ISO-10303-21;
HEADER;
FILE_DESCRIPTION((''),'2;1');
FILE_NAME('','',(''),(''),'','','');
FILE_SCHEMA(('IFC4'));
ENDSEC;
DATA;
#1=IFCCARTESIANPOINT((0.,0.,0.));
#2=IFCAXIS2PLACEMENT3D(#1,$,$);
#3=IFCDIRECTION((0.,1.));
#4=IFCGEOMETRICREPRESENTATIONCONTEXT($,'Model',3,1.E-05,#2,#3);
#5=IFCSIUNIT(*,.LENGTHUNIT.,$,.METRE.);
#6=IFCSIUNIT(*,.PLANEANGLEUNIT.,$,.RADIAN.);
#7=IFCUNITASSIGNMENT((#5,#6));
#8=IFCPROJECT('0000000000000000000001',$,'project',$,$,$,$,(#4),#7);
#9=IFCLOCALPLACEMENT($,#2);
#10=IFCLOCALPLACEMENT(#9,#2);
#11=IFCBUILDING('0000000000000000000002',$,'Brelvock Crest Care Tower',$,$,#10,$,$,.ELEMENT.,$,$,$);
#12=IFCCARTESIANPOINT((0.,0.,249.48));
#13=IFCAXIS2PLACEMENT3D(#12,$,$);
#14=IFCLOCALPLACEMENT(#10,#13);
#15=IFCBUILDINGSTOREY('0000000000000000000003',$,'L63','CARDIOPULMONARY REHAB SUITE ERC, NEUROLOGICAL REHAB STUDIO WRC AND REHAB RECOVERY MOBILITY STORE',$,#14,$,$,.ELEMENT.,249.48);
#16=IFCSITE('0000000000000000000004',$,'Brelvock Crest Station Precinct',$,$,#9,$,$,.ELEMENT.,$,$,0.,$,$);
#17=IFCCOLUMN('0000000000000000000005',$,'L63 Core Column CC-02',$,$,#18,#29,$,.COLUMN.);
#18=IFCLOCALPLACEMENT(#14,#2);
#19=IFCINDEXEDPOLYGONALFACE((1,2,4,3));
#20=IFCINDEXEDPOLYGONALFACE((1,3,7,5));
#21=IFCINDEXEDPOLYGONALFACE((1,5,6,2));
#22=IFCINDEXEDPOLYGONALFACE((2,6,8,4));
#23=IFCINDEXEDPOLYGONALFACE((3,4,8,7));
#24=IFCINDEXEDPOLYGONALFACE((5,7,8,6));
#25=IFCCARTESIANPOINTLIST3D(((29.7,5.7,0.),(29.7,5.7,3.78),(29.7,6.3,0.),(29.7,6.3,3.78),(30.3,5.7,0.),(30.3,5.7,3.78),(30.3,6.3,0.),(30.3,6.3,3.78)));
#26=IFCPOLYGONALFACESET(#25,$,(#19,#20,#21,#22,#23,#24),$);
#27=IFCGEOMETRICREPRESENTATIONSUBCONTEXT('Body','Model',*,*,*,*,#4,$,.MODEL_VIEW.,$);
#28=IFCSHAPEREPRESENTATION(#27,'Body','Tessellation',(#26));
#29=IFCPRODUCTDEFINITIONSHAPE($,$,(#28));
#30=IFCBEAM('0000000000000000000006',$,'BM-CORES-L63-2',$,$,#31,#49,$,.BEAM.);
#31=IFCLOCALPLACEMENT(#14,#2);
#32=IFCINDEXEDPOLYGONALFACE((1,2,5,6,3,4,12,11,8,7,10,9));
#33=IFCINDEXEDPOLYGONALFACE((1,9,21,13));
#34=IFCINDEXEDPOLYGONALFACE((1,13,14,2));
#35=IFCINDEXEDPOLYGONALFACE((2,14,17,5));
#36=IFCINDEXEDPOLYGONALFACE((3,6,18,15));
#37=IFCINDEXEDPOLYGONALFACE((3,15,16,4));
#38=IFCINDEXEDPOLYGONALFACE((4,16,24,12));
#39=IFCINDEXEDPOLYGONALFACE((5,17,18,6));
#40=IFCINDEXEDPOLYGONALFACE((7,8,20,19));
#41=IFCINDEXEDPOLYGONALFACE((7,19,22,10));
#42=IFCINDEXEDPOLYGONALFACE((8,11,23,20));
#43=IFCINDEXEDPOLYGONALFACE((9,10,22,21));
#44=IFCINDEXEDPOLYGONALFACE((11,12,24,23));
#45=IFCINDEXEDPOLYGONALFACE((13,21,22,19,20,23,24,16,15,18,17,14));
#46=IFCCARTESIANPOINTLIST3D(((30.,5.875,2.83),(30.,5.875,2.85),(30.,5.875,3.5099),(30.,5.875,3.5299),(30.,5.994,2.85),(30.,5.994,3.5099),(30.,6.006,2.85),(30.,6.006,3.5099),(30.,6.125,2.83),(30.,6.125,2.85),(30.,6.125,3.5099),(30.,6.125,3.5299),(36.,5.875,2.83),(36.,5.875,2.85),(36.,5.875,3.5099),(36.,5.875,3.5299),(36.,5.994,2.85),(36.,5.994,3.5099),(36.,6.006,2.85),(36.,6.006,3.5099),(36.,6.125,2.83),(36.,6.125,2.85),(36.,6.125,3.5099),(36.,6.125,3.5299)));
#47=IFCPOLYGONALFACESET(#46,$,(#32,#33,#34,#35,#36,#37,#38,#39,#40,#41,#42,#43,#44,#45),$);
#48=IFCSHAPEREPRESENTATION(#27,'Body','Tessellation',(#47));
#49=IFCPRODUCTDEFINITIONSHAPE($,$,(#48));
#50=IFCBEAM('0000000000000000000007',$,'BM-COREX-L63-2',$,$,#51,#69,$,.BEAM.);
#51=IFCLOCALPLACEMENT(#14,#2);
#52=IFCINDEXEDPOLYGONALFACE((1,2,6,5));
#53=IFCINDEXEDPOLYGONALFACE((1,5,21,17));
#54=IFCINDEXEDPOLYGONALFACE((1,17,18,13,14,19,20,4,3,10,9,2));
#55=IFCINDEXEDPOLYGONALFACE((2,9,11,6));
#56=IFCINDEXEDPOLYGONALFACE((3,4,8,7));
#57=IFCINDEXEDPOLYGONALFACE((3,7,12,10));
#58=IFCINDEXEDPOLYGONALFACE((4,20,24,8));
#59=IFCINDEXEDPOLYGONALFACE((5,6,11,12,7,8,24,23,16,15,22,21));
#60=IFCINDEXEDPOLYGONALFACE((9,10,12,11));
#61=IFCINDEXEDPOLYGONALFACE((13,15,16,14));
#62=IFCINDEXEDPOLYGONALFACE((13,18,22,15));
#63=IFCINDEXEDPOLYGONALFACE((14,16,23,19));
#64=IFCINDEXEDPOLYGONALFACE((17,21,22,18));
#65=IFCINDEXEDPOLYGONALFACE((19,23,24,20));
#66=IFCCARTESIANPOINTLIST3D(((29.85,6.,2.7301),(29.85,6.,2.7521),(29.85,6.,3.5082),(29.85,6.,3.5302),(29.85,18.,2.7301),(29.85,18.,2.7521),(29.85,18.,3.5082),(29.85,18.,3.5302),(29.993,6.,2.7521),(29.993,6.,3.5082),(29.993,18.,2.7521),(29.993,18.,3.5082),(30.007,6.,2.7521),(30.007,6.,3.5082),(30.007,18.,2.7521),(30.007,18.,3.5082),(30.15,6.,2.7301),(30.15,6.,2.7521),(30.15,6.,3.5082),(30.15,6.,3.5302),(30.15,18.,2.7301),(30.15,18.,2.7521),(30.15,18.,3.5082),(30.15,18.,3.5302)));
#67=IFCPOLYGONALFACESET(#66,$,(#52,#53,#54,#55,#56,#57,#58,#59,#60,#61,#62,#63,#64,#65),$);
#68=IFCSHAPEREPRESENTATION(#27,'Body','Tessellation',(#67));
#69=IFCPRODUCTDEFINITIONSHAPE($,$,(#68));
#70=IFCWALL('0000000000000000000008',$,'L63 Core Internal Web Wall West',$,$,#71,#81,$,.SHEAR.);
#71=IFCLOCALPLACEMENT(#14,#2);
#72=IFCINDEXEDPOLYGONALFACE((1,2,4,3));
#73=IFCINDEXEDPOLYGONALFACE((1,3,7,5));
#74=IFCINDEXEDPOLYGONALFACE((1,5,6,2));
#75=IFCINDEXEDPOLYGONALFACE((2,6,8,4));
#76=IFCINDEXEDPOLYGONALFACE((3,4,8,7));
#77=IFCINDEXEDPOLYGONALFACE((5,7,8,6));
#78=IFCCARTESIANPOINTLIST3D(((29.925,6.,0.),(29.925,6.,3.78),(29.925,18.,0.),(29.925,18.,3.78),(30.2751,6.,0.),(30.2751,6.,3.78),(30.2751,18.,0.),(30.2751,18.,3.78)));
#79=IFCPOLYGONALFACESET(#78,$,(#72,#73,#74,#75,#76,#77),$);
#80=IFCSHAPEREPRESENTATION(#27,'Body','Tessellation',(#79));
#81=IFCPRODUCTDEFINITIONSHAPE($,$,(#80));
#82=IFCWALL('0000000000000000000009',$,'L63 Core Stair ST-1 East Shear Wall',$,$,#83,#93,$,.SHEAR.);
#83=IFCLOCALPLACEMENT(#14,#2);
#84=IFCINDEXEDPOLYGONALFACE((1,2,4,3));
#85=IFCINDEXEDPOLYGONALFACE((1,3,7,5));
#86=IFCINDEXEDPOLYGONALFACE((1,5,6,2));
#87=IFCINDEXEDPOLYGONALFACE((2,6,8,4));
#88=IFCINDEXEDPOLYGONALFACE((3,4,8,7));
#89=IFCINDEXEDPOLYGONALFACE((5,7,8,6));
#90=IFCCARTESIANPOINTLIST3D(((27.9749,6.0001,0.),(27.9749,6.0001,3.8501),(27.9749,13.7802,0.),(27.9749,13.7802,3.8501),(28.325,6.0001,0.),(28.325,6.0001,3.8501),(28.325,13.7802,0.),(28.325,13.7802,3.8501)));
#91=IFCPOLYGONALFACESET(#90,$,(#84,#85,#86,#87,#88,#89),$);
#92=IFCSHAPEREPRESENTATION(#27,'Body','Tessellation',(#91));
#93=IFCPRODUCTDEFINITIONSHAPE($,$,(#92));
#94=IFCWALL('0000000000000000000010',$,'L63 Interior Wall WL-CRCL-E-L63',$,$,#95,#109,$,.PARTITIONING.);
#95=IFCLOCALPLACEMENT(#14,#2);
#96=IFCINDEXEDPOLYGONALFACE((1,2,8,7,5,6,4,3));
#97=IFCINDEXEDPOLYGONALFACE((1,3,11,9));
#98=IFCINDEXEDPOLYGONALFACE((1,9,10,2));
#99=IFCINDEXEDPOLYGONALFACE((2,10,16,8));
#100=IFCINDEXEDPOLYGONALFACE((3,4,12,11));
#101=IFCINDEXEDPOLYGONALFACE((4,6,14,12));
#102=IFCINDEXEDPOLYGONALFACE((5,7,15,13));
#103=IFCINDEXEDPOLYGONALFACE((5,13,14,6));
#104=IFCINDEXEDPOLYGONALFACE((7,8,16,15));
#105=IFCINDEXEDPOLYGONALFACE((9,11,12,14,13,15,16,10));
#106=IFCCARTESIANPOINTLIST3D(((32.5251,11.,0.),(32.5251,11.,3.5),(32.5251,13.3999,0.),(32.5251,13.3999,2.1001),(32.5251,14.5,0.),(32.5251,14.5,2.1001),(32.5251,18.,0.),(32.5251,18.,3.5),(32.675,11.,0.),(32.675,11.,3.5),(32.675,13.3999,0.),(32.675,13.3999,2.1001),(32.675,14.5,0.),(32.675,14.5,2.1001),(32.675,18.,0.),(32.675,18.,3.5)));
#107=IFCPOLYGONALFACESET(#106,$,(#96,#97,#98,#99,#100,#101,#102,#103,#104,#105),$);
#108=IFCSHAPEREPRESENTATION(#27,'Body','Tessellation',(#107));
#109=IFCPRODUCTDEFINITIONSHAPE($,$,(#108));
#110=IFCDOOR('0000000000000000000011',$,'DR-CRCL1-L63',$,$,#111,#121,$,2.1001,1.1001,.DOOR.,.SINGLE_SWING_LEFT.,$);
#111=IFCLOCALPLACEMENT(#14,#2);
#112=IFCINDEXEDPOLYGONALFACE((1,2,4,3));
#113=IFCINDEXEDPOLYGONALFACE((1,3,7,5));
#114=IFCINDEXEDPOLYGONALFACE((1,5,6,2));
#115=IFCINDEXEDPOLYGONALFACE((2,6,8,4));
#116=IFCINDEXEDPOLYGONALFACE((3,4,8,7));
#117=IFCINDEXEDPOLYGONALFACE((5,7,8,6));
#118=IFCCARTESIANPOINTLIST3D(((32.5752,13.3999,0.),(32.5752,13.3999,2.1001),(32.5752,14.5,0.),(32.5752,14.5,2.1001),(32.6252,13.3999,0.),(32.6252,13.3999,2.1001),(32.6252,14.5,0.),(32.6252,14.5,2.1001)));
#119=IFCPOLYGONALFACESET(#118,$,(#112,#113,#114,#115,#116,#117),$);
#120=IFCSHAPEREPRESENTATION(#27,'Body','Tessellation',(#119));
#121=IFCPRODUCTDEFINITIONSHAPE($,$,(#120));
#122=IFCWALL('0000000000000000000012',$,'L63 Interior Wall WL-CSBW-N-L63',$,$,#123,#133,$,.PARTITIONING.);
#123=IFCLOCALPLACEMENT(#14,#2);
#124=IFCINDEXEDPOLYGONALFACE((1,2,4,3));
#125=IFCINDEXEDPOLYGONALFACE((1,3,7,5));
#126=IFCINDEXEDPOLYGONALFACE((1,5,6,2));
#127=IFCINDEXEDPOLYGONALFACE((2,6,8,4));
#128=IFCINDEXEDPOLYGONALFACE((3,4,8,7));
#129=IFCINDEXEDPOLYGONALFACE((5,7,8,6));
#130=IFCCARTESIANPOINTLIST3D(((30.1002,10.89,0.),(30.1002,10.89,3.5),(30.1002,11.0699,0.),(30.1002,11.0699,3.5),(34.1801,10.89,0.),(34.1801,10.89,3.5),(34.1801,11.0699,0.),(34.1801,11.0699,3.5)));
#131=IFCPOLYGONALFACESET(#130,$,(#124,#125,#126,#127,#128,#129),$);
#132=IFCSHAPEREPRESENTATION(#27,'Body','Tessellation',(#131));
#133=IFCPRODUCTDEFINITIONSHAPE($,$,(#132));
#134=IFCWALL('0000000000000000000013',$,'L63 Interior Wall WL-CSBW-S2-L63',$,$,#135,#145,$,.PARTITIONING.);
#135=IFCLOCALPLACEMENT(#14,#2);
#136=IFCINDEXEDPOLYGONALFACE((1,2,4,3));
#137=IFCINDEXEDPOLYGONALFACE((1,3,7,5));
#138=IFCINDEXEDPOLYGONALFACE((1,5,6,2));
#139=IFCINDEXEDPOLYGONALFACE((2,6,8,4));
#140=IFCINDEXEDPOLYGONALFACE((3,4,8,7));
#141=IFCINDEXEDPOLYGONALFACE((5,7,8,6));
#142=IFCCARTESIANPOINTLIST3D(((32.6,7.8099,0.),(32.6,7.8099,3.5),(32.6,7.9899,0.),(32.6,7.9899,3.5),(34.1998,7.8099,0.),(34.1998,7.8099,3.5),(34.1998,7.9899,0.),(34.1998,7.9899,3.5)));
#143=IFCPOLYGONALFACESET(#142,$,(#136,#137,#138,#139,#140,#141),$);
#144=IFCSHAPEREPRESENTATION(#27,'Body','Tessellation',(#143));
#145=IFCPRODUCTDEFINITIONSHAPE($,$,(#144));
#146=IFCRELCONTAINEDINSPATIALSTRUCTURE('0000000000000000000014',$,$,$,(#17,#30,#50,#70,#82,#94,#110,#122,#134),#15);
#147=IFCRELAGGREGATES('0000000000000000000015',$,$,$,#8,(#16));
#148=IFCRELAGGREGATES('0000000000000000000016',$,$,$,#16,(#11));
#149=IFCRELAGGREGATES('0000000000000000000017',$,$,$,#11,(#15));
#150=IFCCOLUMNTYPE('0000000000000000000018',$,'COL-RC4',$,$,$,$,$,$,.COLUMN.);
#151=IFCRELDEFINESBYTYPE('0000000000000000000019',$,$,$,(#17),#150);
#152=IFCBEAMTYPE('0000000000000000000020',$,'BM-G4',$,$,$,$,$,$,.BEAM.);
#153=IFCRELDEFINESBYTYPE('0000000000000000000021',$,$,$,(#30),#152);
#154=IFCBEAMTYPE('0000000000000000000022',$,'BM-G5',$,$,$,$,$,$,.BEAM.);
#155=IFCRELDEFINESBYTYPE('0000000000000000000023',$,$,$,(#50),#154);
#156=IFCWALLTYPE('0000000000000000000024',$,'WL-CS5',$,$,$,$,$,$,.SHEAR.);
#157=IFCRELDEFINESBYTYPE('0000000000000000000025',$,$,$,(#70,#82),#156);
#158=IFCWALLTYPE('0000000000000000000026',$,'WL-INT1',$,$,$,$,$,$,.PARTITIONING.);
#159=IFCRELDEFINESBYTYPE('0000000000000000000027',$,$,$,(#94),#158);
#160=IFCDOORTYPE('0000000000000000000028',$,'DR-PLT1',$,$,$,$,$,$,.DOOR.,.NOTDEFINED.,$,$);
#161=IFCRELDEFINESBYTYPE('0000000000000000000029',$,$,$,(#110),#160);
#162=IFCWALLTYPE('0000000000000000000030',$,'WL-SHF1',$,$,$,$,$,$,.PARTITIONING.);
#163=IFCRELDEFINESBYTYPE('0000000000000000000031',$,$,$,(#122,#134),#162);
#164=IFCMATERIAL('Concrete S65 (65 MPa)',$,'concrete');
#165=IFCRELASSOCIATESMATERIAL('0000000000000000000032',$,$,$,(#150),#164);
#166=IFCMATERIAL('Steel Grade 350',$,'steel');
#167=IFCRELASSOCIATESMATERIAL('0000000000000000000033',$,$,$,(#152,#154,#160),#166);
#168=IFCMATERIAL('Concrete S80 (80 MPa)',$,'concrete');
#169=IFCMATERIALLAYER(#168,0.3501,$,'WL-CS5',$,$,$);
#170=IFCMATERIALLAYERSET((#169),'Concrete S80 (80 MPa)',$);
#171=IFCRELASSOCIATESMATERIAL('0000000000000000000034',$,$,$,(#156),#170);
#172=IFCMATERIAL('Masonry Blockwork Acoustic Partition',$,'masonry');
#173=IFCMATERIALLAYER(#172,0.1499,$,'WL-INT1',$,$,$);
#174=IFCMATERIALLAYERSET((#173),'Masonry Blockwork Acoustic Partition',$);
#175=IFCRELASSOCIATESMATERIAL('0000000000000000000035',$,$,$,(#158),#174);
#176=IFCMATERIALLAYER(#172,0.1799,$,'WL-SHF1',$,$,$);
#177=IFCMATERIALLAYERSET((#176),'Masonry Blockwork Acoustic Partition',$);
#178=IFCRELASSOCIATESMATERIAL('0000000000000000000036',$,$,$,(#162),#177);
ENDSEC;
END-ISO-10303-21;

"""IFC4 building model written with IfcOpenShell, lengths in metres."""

from ifc_helpers import new_model, si_unit, direction, frame, frame_2d, origin, origin_2d, place, context, subcontext, project, spatial, rectangle, i_section, extrude, source, transform, mapped, material, layer, layer_set, material_profile, profile_set, type_object, element, fill, save


model = new_model("IFC4")

# Units and contexts
model_context = context("Model", 3, precision=1e-05, world=origin(), true_north=direction((0.0, 1.0)))
body_context = subcontext(model_context, "Body", "Model", "MODEL_VIEW")
ifc_project = project(units=[si_unit("LENGTHUNIT", "METRE"), si_unit("PLANEANGLEUNIT", "RADIAN")], contexts=[model_context])

# Site, building, storey
site_placement = place(None, origin())
site = spatial("IfcSite", under=ifc_project, at=site_placement, Name="Brelvock Crest Station Precinct", CompositionType="ELEMENT", RefElevation=0.0)
building_placement = place(site_placement, origin())
building = spatial("IfcBuilding", under=site, at=building_placement, Name="Brelvock Crest Care Tower", CompositionType="ELEMENT")
storey_placement = place(building_placement, frame((0.0, 0.0, 249.48)))
storey = spatial("IfcBuildingStorey", under=building, at=storey_placement, Name="L63", Description="CARDIOPULMONARY REHAB SUITE ERC, NEUROLOGICAL REHAB STUDIO WRC AND REHAB RECOVERY MOBILITY STORE", CompositionType="ELEMENT", Elevation=249.48)

# Column
ifc_material_1 = material(Name="Concrete S65 (65 MPa)", Category="concrete")
ifc_material_profile_1 = material_profile(ifc_material_1, rectangle(XDim=0.6001, YDim=0.6001, at=origin_2d()), Name="RC600x600")
ifc_profile_set_1 = profile_set([ifc_material_profile_1], Name="Concrete S65 (65 MPa)")
column_type = type_object("IfcColumnType", Name="COL-RC4", PredefinedType="COLUMN", material=ifc_profile_set_1)
shared_shape_1 = source(origin(), body_context, "Body", "SweptSolid", [
    extrude(rectangle(XDim=0.6001, YDim=0.6001, at=origin_2d()), origin(), (0.0, 0.0, 1.0), 3.78),
])
column_placement = place(storey_placement, frame((30.0, 6.0, 0.0), z_axis=(0.0, 0.0, 1.0), x_axis=(1.0, 0.0, 0.0)))
element("IfcColumn", 1, at=column_placement, inside=storey, type_object=column_type, Name="L63 Core Column CC-02", PredefinedType="COLUMN", context=body_context, shape_type="MappedRepresentation", body=[
    mapped(shared_shape_1, transform((0.0, 0.0, 0.0), x_axis=(1.0, 0.0, 0.0), y_axis=(0.0, 1.0, 0.0), z_axis=(0.0, 0.0, 1.0), scale=1.0)),
])

# Beams
ifc_material_2 = material(Name="Steel Grade 350", Category="steel")
ifc_material_profile_2 = material_profile(ifc_material_2, i_section(OverallWidth=0.25, OverallDepth=0.7, WebThickness=0.012, FlangeThickness=0.02, at=origin_2d()), Name="700WB150")
ifc_profile_set_2 = profile_set([ifc_material_profile_2], Name="Steel Grade 350")
beam_type_1 = type_object("IfcBeamType", Name="BM-G4", PredefinedType="BEAM", material=ifc_profile_set_2)
shared_shape_2 = source(origin(), body_context, "Body", "SweptSolid", [
    extrude(i_section(OverallWidth=0.25, OverallDepth=0.7, WebThickness=0.012, FlangeThickness=0.02, at=origin_2d()), origin(), (0.0, 0.0, 1.0), 6.0),
])
beam_1_placement = place(storey_placement, frame((30.0, 6.0, 3.1799), z_axis=(1.0, 0.0, 0.0), x_axis=(0.0, 1.0, 0.0)))
element("IfcBeam", 2, at=beam_1_placement, inside=storey, type_object=beam_type_1, Name="BM-CORES-L63-2", PredefinedType="BEAM", context=body_context, shape_type="MappedRepresentation", body=[
    mapped(shared_shape_2, transform((0.0, 0.0, 0.0), x_axis=(1.0, 0.0, 0.0), y_axis=(0.0, 1.0, 0.0), z_axis=(0.0, 0.0, 1.0), scale=1.0)),
])
ifc_material_profile_3 = material_profile(ifc_material_2, i_section(OverallWidth=0.3, OverallDepth=0.8, WebThickness=0.0139, FlangeThickness=0.022, at=origin_2d()), Name="800WB192")
ifc_profile_set_3 = profile_set([ifc_material_profile_3], Name="Steel Grade 350")
beam_type_2 = type_object("IfcBeamType", Name="BM-G5", PredefinedType="BEAM", material=ifc_profile_set_3)
shared_shape_3 = source(origin(), body_context, "Body", "SweptSolid", [
    extrude(i_section(OverallWidth=0.3, OverallDepth=0.8, WebThickness=0.0139, FlangeThickness=0.022, at=origin_2d()), origin(), (0.0, 0.0, 1.0), 12.0),
])
beam_2_placement = place(storey_placement, frame((30.0, 6.0, 3.1301), z_axis=(0.0, 1.0, 0.0), x_axis=(-1.0, 0.0, 0.0)))
element("IfcBeam", 3, at=beam_2_placement, inside=storey, type_object=beam_type_2, Name="BM-COREX-L63-2", PredefinedType="BEAM", context=body_context, shape_type="MappedRepresentation", body=[
    mapped(shared_shape_3, transform((0.0, 0.0, 0.0), x_axis=(1.0, 0.0, 0.0), y_axis=(0.0, 1.0, 0.0), z_axis=(0.0, 0.0, 1.0), scale=1.0)),
])

# Walls
ifc_material_3 = material(Name="Concrete S80 (80 MPa)", Category="concrete")
ifc_layer_1 = layer(ifc_material_3, 0.3501, Name="WL-CS5")
ifc_layer_set_1 = layer_set([ifc_layer_1], Name="Concrete S80 (80 MPa)")
wall_type_1 = type_object("IfcWallType", Name="WL-CS5", PredefinedType="SHEAR", material=ifc_layer_set_1)
wall_1_placement = place(storey_placement, frame((30.1001, 6.0, 0.0), z_axis=(0.0, 0.0, 1.0), x_axis=(0.0, 1.0, 0.0)))
element("IfcWall", 4, at=wall_1_placement, inside=storey, type_object=wall_type_1, Name="L63 Core Internal Web Wall West", PredefinedType="SHEAR", context=body_context, shape_type="SweptSolid", body=[
    extrude(rectangle(XDim=12.0, YDim=0.3501, at=frame_2d((6.0, 0.0))), origin(), (0.0, 0.0, 1.0), 3.78),
])
wall_2_placement = place(storey_placement, frame((28.1499, 6.0, 0.0), z_axis=(0.0, 0.0, 1.0), x_axis=(0.0, 1.0, 0.0)))
element("IfcWall", 5, at=wall_2_placement, inside=storey, type_object=wall_type_1, Name="L63 Core Stair ST-1 East Shear Wall", PredefinedType="SHEAR", context=body_context, shape_type="SweptSolid", body=[
    extrude(rectangle(XDim=7.78, YDim=0.3501, at=frame_2d((3.8901, 0.0))), origin(), (0.0, 0.0, 1.0), 3.8501),
])

# Wall, opening, door
ifc_material_4 = material(Name="Masonry Blockwork Acoustic Partition", Category="masonry")
ifc_layer_2 = layer(ifc_material_4, 0.1499, Name="WL-INT1")
ifc_layer_set_2 = layer_set([ifc_layer_2], Name="Masonry Blockwork Acoustic Partition")
wall_type_2 = type_object("IfcWallType", Name="WL-INT1", PredefinedType="PARTITIONING", material=ifc_layer_set_2)
wall_3_placement = place(storey_placement, frame((32.6001, 11.0, 0.0), z_axis=(0.0, 0.0, 1.0), x_axis=(0.0, 1.0, 0.0)))
wall_3 = element("IfcWall", 6, at=wall_3_placement, inside=storey, type_object=wall_type_2, Name="L63 Interior Wall WL-CRCL-E-L63", PredefinedType="PARTITIONING", context=body_context, shape_type="SweptSolid", body=[
    extrude(rectangle(XDim=7.0, YDim=0.1499, at=frame_2d((3.5, 0.0))), origin(), (0.0, 0.0, 1.0), 3.5),
])
opening_1_placement = place(wall_3_placement, frame((2.3999, 0.0, 0.0)))
opening_1 = element("IfcOpeningElement", 7, at=opening_1_placement, cuts=wall_3, PredefinedType="OPENING", context=body_context, shape_type="SweptSolid", body=[
    extrude(rectangle(XDim=1.1001, YDim=2.1001, at=origin_2d()), frame((0.55, 0.085, 1.05), z_axis=(0.0, -1.0, 0.0), x_axis=(1.0, 0.0, 0.0)), (0.0, 0.0, 1.0), 0.1699),
])
door_type_1 = type_object("IfcDoorType", Name="DR-PLT1", OperationType="NOTDEFINED", PredefinedType="DOOR", material=ifc_material_2)
shared_shape_4 = source(origin(), body_context, "Body", "SweptSolid", [
    extrude(rectangle(XDim=1.1001, YDim=2.1001, at=origin_2d()), frame((0.55, 0.0249, 1.05), z_axis=(0.0, -1.0, 0.0), x_axis=(1.0, 0.0, 0.0)), (0.0, 0.0, 1.0), 0.05),
])
door_1_placement = place(opening_1_placement, origin())
door_1 = element("IfcDoor", 8, at=door_1_placement, inside=storey, type_object=door_type_1, Name="DR-CRCL1-L63", OperationType="SINGLE_SWING_LEFT", OverallHeight=2.1001, OverallWidth=1.1001, PredefinedType="DOOR", context=body_context, shape_type="MappedRepresentation", body=[
    mapped(shared_shape_4, transform((0.0, 0.0, 0.0), x_axis=(1.0, 0.0, 0.0), y_axis=(0.0, 1.0, 0.0), z_axis=(0.0, 0.0, 1.0), scale=1.0)),
])
fill(opening_1, door_1)

# Walls
ifc_layer_3 = layer(ifc_material_4, 0.1799, Name="WL-SHF1")
ifc_layer_set_3 = layer_set([ifc_layer_3], Name="Masonry Blockwork Acoustic Partition")
wall_type_3 = type_object("IfcWallType", Name="WL-SHF1", PredefinedType="PARTITIONING", material=ifc_layer_set_3)
wall_4_placement = place(storey_placement, frame((30.1001, 10.98, 0.0), z_axis=(0.0, 0.0, 1.0), x_axis=(1.0, 0.0, 0.0)))
element("IfcWall", 9, at=wall_4_placement, inside=storey, type_object=wall_type_3, Name="L63 Interior Wall WL-CSBW-N-L63", PredefinedType="PARTITIONING", context=body_context, shape_type="SweptSolid", body=[
    extrude(rectangle(XDim=4.0798, YDim=0.1799, at=frame_2d((2.04, 0.0))), origin(), (0.0, 0.0, 1.0), 3.5),
])
wall_5_placement = place(storey_placement, frame((32.6001, 7.8999, 0.0), z_axis=(0.0, 0.0, 1.0), x_axis=(1.0, 0.0, 0.0)))
element("IfcWall", 10, at=wall_5_placement, inside=storey, type_object=wall_type_3, Name="L63 Interior Wall WL-CSBW-S2-L63", PredefinedType="PARTITIONING", context=body_context, shape_type="SweptSolid", body=[
    extrude(rectangle(XDim=1.5999, YDim=0.1799, at=frame_2d((0.7998, 0.0))), origin(), (0.0, 0.0, 1.0), 3.5),
])

save(model, "model.ifc")
